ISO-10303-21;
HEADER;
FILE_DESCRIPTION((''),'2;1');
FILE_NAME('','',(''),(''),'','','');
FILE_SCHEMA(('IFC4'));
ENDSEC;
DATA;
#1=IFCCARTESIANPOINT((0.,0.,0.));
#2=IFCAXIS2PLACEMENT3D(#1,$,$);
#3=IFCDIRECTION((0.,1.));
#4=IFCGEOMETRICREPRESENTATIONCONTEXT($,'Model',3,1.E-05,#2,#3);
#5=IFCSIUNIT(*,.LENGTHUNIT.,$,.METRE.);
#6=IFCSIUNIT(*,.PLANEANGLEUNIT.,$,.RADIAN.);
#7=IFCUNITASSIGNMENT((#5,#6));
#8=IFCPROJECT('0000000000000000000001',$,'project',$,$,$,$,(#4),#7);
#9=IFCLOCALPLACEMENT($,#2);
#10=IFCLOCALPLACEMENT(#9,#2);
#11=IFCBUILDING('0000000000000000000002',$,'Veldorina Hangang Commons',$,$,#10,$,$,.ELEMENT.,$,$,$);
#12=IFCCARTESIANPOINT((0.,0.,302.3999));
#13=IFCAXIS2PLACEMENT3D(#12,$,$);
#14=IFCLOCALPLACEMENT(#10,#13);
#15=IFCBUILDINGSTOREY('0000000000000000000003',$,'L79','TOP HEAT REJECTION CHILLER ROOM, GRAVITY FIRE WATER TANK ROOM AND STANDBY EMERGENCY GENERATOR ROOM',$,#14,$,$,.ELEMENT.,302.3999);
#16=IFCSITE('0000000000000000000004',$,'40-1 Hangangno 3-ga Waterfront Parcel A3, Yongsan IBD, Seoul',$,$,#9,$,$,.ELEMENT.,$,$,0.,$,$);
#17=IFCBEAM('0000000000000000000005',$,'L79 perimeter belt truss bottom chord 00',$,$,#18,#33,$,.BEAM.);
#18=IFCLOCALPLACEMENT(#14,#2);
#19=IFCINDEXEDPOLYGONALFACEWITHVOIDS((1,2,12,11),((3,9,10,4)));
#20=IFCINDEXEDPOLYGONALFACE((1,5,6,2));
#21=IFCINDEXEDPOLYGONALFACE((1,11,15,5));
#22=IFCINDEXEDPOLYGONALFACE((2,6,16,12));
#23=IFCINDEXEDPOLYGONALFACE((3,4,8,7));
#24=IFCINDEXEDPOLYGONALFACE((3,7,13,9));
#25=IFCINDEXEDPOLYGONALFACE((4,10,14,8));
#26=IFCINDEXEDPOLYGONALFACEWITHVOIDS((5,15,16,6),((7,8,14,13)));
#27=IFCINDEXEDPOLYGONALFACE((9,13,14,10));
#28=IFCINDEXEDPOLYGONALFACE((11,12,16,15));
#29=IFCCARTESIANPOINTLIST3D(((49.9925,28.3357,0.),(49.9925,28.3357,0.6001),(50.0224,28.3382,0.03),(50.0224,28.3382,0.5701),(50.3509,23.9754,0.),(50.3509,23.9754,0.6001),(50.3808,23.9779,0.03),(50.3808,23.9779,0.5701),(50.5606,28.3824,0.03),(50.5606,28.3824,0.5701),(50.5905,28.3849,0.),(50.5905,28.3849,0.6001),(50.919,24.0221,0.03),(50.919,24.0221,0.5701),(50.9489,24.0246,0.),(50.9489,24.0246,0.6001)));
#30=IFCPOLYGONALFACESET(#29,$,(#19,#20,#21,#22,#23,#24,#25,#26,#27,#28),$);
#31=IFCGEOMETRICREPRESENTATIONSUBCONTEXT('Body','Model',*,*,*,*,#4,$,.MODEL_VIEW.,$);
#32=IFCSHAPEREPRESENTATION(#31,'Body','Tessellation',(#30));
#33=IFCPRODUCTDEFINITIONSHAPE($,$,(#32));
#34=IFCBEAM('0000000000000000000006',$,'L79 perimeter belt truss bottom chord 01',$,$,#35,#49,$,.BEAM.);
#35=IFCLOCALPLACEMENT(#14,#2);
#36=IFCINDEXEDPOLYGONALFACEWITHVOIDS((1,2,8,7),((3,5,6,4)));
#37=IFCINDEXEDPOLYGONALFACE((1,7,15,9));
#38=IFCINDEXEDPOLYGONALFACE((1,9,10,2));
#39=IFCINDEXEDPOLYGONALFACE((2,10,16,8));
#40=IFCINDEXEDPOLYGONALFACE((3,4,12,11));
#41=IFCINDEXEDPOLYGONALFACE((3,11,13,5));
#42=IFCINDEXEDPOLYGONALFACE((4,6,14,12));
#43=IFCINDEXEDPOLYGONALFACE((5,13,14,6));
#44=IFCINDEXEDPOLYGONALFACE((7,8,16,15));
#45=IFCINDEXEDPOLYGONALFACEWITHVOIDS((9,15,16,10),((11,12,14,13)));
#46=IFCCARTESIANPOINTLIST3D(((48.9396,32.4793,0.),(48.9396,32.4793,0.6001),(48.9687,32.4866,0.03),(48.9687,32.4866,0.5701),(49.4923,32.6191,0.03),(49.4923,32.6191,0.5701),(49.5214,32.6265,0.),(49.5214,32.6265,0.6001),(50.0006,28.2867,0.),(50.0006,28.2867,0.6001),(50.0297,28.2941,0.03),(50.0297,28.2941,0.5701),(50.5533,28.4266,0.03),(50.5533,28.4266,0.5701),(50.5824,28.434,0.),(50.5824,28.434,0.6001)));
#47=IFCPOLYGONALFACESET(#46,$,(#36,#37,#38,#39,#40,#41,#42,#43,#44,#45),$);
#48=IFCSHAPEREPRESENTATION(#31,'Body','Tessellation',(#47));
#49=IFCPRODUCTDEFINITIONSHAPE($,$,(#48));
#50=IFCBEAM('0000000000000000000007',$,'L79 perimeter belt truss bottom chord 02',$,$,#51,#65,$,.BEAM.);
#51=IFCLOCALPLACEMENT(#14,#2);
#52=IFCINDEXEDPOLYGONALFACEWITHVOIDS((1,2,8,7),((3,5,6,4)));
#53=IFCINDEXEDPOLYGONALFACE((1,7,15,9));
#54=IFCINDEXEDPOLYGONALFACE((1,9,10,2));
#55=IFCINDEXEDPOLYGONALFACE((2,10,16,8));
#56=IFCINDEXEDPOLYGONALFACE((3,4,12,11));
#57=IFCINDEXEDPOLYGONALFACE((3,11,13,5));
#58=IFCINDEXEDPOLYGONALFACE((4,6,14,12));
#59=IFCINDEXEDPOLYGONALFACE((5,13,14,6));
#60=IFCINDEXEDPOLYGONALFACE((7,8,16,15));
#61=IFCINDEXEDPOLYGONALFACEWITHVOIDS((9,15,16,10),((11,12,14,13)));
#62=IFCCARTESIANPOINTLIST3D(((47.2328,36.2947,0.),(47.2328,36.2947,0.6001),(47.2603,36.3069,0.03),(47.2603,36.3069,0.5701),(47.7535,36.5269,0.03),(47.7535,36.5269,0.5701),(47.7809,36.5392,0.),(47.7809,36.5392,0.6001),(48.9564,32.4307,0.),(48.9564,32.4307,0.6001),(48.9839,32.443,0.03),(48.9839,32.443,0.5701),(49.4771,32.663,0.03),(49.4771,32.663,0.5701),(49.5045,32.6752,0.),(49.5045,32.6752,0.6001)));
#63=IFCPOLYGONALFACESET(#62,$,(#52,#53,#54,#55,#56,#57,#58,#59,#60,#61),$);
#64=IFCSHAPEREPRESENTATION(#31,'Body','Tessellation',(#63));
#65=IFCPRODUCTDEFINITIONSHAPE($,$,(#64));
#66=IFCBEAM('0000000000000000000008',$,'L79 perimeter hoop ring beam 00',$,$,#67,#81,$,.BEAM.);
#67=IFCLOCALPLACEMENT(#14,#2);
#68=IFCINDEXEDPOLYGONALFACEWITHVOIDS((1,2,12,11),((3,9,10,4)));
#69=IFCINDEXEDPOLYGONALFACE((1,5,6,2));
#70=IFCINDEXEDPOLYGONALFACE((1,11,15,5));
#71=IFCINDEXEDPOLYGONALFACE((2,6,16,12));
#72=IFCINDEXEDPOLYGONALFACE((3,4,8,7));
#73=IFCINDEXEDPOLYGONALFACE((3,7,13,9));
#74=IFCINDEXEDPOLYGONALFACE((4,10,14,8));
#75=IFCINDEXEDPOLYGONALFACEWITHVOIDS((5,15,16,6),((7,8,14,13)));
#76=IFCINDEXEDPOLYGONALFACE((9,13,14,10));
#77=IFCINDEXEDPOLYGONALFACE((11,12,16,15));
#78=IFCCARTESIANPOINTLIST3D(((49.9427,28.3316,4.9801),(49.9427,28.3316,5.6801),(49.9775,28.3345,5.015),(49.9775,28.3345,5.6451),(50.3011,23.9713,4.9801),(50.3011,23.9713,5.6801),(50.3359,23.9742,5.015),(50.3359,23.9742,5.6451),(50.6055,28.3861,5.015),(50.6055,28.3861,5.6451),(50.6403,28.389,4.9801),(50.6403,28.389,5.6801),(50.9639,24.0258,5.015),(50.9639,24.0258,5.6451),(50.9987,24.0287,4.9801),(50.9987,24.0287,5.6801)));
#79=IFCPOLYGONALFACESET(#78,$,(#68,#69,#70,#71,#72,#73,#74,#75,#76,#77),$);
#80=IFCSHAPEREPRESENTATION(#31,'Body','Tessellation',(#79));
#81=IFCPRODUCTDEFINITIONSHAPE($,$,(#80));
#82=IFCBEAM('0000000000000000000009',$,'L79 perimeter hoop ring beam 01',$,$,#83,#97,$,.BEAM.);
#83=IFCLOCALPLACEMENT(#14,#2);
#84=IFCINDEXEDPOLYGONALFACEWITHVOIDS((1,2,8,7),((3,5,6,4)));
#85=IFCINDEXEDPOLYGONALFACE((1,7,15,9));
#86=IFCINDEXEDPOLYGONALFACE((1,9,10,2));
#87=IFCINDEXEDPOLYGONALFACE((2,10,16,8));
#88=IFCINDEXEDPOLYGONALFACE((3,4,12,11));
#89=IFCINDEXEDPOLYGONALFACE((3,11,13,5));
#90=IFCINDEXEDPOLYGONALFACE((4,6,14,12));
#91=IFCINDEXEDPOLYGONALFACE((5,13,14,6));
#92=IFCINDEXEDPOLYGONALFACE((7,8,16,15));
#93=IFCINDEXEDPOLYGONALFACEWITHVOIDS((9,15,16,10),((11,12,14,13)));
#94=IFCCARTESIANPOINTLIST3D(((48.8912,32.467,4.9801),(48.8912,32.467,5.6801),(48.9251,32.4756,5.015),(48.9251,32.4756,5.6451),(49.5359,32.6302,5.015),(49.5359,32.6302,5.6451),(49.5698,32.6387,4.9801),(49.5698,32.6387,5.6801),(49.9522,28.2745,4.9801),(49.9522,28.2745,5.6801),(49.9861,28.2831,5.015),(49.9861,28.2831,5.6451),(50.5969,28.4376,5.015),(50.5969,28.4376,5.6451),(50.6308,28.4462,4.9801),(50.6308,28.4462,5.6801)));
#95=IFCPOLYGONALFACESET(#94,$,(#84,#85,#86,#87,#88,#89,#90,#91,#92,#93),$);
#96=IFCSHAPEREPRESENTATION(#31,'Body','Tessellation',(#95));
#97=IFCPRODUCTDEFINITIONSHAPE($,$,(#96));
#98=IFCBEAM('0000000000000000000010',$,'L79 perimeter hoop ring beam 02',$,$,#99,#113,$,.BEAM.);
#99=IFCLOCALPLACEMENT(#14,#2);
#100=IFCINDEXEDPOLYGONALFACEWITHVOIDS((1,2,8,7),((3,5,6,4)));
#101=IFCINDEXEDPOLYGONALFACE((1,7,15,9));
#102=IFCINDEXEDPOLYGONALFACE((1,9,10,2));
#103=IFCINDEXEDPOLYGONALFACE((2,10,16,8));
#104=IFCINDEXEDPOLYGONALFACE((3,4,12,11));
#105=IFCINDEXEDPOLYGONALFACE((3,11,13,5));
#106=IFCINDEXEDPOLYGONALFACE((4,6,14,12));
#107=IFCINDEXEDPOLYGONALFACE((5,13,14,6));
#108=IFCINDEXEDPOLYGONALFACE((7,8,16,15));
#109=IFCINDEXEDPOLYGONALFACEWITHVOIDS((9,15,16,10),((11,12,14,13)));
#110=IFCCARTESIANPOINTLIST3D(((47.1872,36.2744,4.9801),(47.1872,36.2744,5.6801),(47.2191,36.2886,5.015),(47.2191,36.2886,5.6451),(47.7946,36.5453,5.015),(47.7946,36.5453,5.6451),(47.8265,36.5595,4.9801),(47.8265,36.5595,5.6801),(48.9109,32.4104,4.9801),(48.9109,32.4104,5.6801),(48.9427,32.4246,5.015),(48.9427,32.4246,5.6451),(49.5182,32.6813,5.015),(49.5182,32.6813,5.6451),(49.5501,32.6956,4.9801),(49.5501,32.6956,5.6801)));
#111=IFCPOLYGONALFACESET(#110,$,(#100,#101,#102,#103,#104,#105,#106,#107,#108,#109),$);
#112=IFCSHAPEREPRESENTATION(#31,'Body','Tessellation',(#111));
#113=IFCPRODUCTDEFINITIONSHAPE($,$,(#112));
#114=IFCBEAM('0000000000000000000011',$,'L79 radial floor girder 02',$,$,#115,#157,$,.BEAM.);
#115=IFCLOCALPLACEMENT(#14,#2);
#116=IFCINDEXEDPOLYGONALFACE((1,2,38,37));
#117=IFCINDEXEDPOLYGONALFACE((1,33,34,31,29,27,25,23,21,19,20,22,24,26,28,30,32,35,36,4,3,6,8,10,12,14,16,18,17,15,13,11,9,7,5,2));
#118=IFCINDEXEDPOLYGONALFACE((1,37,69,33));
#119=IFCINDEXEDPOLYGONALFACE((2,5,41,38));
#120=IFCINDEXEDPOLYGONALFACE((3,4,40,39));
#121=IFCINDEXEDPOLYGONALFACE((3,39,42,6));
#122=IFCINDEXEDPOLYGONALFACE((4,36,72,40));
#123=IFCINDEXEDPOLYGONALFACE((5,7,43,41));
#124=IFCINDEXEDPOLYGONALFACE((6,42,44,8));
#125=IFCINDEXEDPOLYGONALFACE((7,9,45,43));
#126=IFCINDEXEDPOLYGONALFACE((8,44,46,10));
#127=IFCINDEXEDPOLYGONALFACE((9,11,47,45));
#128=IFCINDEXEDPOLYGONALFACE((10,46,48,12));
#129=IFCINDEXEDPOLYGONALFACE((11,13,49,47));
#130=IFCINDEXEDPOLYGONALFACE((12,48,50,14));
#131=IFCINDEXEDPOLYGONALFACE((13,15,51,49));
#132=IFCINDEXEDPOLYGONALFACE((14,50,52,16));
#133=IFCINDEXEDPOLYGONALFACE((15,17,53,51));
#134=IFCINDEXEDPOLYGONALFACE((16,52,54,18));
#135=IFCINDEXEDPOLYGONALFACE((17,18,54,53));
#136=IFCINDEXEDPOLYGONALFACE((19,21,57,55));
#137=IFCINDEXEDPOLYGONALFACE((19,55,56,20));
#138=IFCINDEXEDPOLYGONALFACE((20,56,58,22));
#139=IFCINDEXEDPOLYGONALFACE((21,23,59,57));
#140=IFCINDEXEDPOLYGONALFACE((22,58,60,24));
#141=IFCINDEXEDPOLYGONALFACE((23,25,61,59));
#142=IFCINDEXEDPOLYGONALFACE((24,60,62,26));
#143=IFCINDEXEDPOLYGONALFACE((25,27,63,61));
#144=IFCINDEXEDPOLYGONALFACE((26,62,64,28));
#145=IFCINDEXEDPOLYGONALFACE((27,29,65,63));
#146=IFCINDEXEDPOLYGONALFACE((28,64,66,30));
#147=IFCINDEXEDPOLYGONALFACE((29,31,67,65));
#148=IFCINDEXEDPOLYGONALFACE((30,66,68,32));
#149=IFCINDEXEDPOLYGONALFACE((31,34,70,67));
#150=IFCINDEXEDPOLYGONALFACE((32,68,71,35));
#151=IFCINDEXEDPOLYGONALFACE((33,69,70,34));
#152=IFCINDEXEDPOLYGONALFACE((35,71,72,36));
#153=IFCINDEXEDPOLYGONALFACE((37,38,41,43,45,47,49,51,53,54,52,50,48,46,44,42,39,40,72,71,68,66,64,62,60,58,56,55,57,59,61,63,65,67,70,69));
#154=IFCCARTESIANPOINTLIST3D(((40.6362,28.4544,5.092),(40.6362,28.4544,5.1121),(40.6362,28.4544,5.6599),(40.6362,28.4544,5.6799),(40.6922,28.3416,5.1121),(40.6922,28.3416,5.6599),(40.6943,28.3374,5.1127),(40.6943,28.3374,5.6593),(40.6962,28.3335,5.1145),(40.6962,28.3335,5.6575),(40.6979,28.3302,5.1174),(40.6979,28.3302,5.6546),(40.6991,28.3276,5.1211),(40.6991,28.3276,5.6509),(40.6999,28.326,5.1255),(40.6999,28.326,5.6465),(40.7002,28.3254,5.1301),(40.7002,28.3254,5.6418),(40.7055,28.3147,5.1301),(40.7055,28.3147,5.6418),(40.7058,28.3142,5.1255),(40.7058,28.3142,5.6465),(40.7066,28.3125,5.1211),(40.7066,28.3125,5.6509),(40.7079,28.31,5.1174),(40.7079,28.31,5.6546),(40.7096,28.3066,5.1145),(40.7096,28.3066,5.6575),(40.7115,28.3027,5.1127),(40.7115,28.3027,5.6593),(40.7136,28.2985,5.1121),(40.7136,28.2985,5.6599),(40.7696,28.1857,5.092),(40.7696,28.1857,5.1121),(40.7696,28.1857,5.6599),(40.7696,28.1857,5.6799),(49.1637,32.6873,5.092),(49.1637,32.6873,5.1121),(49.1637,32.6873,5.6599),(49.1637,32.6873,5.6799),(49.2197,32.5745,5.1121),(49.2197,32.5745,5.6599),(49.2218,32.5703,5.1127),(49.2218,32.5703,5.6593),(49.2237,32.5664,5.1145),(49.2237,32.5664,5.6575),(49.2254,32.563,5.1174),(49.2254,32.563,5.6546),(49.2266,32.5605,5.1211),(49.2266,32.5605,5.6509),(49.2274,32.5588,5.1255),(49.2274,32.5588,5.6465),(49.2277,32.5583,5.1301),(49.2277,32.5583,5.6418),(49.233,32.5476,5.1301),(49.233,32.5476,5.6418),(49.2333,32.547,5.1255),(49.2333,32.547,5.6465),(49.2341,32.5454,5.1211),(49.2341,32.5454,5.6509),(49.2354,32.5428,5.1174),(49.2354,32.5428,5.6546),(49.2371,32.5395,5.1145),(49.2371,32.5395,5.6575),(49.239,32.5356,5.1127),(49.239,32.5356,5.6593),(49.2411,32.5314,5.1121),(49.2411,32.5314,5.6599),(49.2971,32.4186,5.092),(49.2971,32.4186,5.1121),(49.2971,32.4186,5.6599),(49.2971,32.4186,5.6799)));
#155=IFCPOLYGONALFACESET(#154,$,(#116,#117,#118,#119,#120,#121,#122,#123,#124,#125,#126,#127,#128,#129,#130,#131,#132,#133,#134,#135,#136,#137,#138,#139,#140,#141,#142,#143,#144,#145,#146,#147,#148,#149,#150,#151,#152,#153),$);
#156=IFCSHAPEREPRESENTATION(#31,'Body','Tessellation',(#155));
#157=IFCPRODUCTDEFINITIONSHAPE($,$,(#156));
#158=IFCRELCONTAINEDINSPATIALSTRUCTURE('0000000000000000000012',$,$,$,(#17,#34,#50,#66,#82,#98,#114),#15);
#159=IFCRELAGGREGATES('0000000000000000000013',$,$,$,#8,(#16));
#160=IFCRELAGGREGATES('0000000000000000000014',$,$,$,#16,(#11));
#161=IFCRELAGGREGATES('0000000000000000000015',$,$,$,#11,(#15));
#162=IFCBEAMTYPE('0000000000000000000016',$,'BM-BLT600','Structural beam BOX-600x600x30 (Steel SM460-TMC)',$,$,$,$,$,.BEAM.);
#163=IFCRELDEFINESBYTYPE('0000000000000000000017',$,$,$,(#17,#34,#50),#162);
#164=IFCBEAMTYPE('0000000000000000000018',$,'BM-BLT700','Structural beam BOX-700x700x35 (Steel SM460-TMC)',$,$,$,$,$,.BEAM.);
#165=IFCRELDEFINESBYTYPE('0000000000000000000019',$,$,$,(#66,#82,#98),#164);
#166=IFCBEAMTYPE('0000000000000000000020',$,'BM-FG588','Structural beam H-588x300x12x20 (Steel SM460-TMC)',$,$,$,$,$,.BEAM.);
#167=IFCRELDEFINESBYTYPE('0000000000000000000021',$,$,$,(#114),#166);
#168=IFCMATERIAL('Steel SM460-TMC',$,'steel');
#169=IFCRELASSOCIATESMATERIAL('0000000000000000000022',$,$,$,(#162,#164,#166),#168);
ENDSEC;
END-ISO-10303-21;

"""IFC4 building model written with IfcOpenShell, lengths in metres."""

from ifc_helpers import new_model, si_unit, direction, frame, origin, origin_2d, place, context, subcontext, project, spatial, hollow_rectangle, i_section, extrude, material, material_profile, profile_set, type_object, element, save


model = new_model("IFC4")

# Units and contexts
model_context = context("Model", 3, precision=1e-05, world=origin(), true_north=direction((0.0, 1.0)))
body_context = subcontext(model_context, "Body", "Model", "MODEL_VIEW")
ifc_project = project(units=[si_unit("LENGTHUNIT", "METRE"), si_unit("PLANEANGLEUNIT", "RADIAN")], contexts=[model_context])

# Site, building, storey
site_placement = place(None, origin())
site = spatial("IfcSite", under=ifc_project, at=site_placement, Name="40-1 Hangangno 3-ga Waterfront Parcel A3, Yongsan IBD, Seoul", CompositionType="ELEMENT", RefElevation=0.0)
building_placement = place(site_placement, origin())
building = spatial("IfcBuilding", under=site, at=building_placement, Name="Veldorina Hangang Commons", CompositionType="ELEMENT")
storey_placement = place(building_placement, frame((0.0, 0.0, 302.3999)))
storey = spatial("IfcBuildingStorey", under=building, at=storey_placement, Name="L79", Description="TOP HEAT REJECTION CHILLER ROOM, GRAVITY FIRE WATER TANK ROOM AND STANDBY EMERGENCY GENERATOR ROOM", CompositionType="ELEMENT", Elevation=302.3999)

# Beams
ifc_material_1 = material(Name="Steel SM460-TMC", Category="steel")
ifc_material_profile_1 = material_profile(ifc_material_1, hollow_rectangle(XDim=0.6001, YDim=0.6001, WallThickness=0.03, at=origin_2d()), Name="BOX-600x600x30")
ifc_profile_set_1 = profile_set([ifc_material_profile_1], Name="Steel SM460-TMC")
beam_type_1 = type_object("IfcBeamType", Name="BM-BLT600", Description="Structural beam BOX-600x600x30 (Steel SM460-TMC)", PredefinedType="BEAM", material=ifc_profile_set_1)
beam_1_placement = place(storey_placement, frame((50.6499, 24.0, 0.3), z_axis=(-0.081919, 0.996639, 0.0), x_axis=(-0.996639, -0.081919, 0.0)))
element("IfcBeam", 1, at=beam_1_placement, inside=storey, type_object=beam_type_1, Name="L79 perimeter belt truss bottom chord 00", PredefinedType="BEAM", context=body_context, shape_type="SweptSolid", body=[
    extrude(hollow_rectangle(XDim=0.6001, YDim=0.6001, WallThickness=0.03, at=origin_2d()), origin(), (0.0, 0.0, 1.0), 4.375),
])
beam_2_placement = place(storey_placement, frame((50.2915, 28.3604, 0.3), z_axis=(-0.245337, 0.969438, 0.0), x_axis=(-0.969438, -0.245337, 0.0)))
element("IfcBeam", 2, at=beam_2_placement, inside=storey, type_object=beam_type_1, Name="L79 perimeter belt truss bottom chord 01", PredefinedType="BEAM", context=body_context, shape_type="SweptSolid", body=[
    extrude(hollow_rectangle(XDim=0.6001, YDim=0.6001, WallThickness=0.03, at=origin_2d()), origin(), (0.0, 0.0, 1.0), 4.3247),
])
beam_3_placement = place(storey_placement, frame((49.2305, 32.553, 0.3), z_axis=(-0.40738, 0.913259, 0.0), x_axis=(-0.913259, -0.40738, 0.0)))
element("IfcBeam", 3, at=beam_3_placement, inside=storey, type_object=beam_type_1, Name="L79 perimeter belt truss bottom chord 02", PredefinedType="BEAM", context=body_context, shape_type="SweptSolid", body=[
    extrude(hollow_rectangle(XDim=0.6001, YDim=0.6001, WallThickness=0.03, at=origin_2d()), origin(), (0.0, 0.0, 1.0), 4.231),
])
ifc_material_profile_2 = material_profile(ifc_material_1, hollow_rectangle(XDim=0.7, YDim=0.7, WallThickness=0.0349, at=origin_2d()), Name="BOX-700x700x35")
ifc_profile_set_2 = profile_set([ifc_material_profile_2], Name="Steel SM460-TMC")
beam_type_2 = type_object("IfcBeamType", Name="BM-BLT700", Description="Structural beam BOX-700x700x35 (Steel SM460-TMC)", PredefinedType="BEAM", material=ifc_profile_set_2)
beam_4_placement = place(storey_placement, frame((50.6499, 24.0, 5.3301), z_axis=(-0.081919, 0.996639, 0.0), x_axis=(-0.996639, -0.081919, 0.0)))
element("IfcBeam", 4, at=beam_4_placement, inside=storey, type_object=beam_type_2, Name="L79 perimeter hoop ring beam 00", PredefinedType="BEAM", context=body_context, shape_type="SweptSolid", body=[
    extrude(hollow_rectangle(XDim=0.7, YDim=0.7, WallThickness=0.0349, at=origin_2d()), origin(), (0.0, 0.0, 1.0), 4.375),
])
beam_5_placement = place(storey_placement, frame((50.2915, 28.3604, 5.3301), z_axis=(-0.245337, 0.969438, 0.0), x_axis=(-0.969438, -0.245337, 0.0)))
element("IfcBeam", 5, at=beam_5_placement, inside=storey, type_object=beam_type_2, Name="L79 perimeter hoop ring beam 01", PredefinedType="BEAM", context=body_context, shape_type="SweptSolid", body=[
    extrude(hollow_rectangle(XDim=0.7, YDim=0.7, WallThickness=0.0349, at=origin_2d()), origin(), (0.0, 0.0, 1.0), 4.3247),
])
beam_6_placement = place(storey_placement, frame((49.2305, 32.553, 5.3301), z_axis=(-0.40738, 0.913259, 0.0), x_axis=(-0.913259, -0.40738, 0.0)))
element("IfcBeam", 6, at=beam_6_placement, inside=storey, type_object=beam_type_2, Name="L79 perimeter hoop ring beam 02", PredefinedType="BEAM", context=body_context, shape_type="SweptSolid", body=[
    extrude(hollow_rectangle(XDim=0.7, YDim=0.7, WallThickness=0.0349, at=origin_2d()), origin(), (0.0, 0.0, 1.0), 4.231),
])
ifc_material_profile_3 = material_profile(ifc_material_1, i_section(OverallWidth=0.3, OverallDepth=0.5879, WebThickness=0.012, FlangeThickness=0.02, FilletRadius=0.0181, at=origin_2d()), Name="H-588x300x12x20")
ifc_profile_set_3 = profile_set([ifc_material_profile_3], Name="Steel SM460-TMC")
beam_type_3 = type_object("IfcBeamType", Name="BM-FG588", Description="Structural beam H-588x300x12x20 (Steel SM460-TMC)", PredefinedType="BEAM", material=ifc_profile_set_3)
beam_7_placement = place(storey_placement, frame((40.7029, 28.3201, 5.386), z_axis=(0.895721, 0.444617, 0.0), x_axis=(-0.444617, 0.895721, 0.0)))
element("IfcBeam", 7, at=beam_7_placement, inside=storey, type_object=beam_type_3, Name="L79 radial floor girder 02", PredefinedType="BEAM", context=body_context, shape_type="SweptSolid", body=[
    extrude(i_section(OverallWidth=0.3, OverallDepth=0.5879, WebThickness=0.012, FlangeThickness=0.02, FilletRadius=0.0181, at=origin_2d()), origin(), (0.0, 0.0, 1.0), 9.5203),
])

save(model, "model.ifc")
